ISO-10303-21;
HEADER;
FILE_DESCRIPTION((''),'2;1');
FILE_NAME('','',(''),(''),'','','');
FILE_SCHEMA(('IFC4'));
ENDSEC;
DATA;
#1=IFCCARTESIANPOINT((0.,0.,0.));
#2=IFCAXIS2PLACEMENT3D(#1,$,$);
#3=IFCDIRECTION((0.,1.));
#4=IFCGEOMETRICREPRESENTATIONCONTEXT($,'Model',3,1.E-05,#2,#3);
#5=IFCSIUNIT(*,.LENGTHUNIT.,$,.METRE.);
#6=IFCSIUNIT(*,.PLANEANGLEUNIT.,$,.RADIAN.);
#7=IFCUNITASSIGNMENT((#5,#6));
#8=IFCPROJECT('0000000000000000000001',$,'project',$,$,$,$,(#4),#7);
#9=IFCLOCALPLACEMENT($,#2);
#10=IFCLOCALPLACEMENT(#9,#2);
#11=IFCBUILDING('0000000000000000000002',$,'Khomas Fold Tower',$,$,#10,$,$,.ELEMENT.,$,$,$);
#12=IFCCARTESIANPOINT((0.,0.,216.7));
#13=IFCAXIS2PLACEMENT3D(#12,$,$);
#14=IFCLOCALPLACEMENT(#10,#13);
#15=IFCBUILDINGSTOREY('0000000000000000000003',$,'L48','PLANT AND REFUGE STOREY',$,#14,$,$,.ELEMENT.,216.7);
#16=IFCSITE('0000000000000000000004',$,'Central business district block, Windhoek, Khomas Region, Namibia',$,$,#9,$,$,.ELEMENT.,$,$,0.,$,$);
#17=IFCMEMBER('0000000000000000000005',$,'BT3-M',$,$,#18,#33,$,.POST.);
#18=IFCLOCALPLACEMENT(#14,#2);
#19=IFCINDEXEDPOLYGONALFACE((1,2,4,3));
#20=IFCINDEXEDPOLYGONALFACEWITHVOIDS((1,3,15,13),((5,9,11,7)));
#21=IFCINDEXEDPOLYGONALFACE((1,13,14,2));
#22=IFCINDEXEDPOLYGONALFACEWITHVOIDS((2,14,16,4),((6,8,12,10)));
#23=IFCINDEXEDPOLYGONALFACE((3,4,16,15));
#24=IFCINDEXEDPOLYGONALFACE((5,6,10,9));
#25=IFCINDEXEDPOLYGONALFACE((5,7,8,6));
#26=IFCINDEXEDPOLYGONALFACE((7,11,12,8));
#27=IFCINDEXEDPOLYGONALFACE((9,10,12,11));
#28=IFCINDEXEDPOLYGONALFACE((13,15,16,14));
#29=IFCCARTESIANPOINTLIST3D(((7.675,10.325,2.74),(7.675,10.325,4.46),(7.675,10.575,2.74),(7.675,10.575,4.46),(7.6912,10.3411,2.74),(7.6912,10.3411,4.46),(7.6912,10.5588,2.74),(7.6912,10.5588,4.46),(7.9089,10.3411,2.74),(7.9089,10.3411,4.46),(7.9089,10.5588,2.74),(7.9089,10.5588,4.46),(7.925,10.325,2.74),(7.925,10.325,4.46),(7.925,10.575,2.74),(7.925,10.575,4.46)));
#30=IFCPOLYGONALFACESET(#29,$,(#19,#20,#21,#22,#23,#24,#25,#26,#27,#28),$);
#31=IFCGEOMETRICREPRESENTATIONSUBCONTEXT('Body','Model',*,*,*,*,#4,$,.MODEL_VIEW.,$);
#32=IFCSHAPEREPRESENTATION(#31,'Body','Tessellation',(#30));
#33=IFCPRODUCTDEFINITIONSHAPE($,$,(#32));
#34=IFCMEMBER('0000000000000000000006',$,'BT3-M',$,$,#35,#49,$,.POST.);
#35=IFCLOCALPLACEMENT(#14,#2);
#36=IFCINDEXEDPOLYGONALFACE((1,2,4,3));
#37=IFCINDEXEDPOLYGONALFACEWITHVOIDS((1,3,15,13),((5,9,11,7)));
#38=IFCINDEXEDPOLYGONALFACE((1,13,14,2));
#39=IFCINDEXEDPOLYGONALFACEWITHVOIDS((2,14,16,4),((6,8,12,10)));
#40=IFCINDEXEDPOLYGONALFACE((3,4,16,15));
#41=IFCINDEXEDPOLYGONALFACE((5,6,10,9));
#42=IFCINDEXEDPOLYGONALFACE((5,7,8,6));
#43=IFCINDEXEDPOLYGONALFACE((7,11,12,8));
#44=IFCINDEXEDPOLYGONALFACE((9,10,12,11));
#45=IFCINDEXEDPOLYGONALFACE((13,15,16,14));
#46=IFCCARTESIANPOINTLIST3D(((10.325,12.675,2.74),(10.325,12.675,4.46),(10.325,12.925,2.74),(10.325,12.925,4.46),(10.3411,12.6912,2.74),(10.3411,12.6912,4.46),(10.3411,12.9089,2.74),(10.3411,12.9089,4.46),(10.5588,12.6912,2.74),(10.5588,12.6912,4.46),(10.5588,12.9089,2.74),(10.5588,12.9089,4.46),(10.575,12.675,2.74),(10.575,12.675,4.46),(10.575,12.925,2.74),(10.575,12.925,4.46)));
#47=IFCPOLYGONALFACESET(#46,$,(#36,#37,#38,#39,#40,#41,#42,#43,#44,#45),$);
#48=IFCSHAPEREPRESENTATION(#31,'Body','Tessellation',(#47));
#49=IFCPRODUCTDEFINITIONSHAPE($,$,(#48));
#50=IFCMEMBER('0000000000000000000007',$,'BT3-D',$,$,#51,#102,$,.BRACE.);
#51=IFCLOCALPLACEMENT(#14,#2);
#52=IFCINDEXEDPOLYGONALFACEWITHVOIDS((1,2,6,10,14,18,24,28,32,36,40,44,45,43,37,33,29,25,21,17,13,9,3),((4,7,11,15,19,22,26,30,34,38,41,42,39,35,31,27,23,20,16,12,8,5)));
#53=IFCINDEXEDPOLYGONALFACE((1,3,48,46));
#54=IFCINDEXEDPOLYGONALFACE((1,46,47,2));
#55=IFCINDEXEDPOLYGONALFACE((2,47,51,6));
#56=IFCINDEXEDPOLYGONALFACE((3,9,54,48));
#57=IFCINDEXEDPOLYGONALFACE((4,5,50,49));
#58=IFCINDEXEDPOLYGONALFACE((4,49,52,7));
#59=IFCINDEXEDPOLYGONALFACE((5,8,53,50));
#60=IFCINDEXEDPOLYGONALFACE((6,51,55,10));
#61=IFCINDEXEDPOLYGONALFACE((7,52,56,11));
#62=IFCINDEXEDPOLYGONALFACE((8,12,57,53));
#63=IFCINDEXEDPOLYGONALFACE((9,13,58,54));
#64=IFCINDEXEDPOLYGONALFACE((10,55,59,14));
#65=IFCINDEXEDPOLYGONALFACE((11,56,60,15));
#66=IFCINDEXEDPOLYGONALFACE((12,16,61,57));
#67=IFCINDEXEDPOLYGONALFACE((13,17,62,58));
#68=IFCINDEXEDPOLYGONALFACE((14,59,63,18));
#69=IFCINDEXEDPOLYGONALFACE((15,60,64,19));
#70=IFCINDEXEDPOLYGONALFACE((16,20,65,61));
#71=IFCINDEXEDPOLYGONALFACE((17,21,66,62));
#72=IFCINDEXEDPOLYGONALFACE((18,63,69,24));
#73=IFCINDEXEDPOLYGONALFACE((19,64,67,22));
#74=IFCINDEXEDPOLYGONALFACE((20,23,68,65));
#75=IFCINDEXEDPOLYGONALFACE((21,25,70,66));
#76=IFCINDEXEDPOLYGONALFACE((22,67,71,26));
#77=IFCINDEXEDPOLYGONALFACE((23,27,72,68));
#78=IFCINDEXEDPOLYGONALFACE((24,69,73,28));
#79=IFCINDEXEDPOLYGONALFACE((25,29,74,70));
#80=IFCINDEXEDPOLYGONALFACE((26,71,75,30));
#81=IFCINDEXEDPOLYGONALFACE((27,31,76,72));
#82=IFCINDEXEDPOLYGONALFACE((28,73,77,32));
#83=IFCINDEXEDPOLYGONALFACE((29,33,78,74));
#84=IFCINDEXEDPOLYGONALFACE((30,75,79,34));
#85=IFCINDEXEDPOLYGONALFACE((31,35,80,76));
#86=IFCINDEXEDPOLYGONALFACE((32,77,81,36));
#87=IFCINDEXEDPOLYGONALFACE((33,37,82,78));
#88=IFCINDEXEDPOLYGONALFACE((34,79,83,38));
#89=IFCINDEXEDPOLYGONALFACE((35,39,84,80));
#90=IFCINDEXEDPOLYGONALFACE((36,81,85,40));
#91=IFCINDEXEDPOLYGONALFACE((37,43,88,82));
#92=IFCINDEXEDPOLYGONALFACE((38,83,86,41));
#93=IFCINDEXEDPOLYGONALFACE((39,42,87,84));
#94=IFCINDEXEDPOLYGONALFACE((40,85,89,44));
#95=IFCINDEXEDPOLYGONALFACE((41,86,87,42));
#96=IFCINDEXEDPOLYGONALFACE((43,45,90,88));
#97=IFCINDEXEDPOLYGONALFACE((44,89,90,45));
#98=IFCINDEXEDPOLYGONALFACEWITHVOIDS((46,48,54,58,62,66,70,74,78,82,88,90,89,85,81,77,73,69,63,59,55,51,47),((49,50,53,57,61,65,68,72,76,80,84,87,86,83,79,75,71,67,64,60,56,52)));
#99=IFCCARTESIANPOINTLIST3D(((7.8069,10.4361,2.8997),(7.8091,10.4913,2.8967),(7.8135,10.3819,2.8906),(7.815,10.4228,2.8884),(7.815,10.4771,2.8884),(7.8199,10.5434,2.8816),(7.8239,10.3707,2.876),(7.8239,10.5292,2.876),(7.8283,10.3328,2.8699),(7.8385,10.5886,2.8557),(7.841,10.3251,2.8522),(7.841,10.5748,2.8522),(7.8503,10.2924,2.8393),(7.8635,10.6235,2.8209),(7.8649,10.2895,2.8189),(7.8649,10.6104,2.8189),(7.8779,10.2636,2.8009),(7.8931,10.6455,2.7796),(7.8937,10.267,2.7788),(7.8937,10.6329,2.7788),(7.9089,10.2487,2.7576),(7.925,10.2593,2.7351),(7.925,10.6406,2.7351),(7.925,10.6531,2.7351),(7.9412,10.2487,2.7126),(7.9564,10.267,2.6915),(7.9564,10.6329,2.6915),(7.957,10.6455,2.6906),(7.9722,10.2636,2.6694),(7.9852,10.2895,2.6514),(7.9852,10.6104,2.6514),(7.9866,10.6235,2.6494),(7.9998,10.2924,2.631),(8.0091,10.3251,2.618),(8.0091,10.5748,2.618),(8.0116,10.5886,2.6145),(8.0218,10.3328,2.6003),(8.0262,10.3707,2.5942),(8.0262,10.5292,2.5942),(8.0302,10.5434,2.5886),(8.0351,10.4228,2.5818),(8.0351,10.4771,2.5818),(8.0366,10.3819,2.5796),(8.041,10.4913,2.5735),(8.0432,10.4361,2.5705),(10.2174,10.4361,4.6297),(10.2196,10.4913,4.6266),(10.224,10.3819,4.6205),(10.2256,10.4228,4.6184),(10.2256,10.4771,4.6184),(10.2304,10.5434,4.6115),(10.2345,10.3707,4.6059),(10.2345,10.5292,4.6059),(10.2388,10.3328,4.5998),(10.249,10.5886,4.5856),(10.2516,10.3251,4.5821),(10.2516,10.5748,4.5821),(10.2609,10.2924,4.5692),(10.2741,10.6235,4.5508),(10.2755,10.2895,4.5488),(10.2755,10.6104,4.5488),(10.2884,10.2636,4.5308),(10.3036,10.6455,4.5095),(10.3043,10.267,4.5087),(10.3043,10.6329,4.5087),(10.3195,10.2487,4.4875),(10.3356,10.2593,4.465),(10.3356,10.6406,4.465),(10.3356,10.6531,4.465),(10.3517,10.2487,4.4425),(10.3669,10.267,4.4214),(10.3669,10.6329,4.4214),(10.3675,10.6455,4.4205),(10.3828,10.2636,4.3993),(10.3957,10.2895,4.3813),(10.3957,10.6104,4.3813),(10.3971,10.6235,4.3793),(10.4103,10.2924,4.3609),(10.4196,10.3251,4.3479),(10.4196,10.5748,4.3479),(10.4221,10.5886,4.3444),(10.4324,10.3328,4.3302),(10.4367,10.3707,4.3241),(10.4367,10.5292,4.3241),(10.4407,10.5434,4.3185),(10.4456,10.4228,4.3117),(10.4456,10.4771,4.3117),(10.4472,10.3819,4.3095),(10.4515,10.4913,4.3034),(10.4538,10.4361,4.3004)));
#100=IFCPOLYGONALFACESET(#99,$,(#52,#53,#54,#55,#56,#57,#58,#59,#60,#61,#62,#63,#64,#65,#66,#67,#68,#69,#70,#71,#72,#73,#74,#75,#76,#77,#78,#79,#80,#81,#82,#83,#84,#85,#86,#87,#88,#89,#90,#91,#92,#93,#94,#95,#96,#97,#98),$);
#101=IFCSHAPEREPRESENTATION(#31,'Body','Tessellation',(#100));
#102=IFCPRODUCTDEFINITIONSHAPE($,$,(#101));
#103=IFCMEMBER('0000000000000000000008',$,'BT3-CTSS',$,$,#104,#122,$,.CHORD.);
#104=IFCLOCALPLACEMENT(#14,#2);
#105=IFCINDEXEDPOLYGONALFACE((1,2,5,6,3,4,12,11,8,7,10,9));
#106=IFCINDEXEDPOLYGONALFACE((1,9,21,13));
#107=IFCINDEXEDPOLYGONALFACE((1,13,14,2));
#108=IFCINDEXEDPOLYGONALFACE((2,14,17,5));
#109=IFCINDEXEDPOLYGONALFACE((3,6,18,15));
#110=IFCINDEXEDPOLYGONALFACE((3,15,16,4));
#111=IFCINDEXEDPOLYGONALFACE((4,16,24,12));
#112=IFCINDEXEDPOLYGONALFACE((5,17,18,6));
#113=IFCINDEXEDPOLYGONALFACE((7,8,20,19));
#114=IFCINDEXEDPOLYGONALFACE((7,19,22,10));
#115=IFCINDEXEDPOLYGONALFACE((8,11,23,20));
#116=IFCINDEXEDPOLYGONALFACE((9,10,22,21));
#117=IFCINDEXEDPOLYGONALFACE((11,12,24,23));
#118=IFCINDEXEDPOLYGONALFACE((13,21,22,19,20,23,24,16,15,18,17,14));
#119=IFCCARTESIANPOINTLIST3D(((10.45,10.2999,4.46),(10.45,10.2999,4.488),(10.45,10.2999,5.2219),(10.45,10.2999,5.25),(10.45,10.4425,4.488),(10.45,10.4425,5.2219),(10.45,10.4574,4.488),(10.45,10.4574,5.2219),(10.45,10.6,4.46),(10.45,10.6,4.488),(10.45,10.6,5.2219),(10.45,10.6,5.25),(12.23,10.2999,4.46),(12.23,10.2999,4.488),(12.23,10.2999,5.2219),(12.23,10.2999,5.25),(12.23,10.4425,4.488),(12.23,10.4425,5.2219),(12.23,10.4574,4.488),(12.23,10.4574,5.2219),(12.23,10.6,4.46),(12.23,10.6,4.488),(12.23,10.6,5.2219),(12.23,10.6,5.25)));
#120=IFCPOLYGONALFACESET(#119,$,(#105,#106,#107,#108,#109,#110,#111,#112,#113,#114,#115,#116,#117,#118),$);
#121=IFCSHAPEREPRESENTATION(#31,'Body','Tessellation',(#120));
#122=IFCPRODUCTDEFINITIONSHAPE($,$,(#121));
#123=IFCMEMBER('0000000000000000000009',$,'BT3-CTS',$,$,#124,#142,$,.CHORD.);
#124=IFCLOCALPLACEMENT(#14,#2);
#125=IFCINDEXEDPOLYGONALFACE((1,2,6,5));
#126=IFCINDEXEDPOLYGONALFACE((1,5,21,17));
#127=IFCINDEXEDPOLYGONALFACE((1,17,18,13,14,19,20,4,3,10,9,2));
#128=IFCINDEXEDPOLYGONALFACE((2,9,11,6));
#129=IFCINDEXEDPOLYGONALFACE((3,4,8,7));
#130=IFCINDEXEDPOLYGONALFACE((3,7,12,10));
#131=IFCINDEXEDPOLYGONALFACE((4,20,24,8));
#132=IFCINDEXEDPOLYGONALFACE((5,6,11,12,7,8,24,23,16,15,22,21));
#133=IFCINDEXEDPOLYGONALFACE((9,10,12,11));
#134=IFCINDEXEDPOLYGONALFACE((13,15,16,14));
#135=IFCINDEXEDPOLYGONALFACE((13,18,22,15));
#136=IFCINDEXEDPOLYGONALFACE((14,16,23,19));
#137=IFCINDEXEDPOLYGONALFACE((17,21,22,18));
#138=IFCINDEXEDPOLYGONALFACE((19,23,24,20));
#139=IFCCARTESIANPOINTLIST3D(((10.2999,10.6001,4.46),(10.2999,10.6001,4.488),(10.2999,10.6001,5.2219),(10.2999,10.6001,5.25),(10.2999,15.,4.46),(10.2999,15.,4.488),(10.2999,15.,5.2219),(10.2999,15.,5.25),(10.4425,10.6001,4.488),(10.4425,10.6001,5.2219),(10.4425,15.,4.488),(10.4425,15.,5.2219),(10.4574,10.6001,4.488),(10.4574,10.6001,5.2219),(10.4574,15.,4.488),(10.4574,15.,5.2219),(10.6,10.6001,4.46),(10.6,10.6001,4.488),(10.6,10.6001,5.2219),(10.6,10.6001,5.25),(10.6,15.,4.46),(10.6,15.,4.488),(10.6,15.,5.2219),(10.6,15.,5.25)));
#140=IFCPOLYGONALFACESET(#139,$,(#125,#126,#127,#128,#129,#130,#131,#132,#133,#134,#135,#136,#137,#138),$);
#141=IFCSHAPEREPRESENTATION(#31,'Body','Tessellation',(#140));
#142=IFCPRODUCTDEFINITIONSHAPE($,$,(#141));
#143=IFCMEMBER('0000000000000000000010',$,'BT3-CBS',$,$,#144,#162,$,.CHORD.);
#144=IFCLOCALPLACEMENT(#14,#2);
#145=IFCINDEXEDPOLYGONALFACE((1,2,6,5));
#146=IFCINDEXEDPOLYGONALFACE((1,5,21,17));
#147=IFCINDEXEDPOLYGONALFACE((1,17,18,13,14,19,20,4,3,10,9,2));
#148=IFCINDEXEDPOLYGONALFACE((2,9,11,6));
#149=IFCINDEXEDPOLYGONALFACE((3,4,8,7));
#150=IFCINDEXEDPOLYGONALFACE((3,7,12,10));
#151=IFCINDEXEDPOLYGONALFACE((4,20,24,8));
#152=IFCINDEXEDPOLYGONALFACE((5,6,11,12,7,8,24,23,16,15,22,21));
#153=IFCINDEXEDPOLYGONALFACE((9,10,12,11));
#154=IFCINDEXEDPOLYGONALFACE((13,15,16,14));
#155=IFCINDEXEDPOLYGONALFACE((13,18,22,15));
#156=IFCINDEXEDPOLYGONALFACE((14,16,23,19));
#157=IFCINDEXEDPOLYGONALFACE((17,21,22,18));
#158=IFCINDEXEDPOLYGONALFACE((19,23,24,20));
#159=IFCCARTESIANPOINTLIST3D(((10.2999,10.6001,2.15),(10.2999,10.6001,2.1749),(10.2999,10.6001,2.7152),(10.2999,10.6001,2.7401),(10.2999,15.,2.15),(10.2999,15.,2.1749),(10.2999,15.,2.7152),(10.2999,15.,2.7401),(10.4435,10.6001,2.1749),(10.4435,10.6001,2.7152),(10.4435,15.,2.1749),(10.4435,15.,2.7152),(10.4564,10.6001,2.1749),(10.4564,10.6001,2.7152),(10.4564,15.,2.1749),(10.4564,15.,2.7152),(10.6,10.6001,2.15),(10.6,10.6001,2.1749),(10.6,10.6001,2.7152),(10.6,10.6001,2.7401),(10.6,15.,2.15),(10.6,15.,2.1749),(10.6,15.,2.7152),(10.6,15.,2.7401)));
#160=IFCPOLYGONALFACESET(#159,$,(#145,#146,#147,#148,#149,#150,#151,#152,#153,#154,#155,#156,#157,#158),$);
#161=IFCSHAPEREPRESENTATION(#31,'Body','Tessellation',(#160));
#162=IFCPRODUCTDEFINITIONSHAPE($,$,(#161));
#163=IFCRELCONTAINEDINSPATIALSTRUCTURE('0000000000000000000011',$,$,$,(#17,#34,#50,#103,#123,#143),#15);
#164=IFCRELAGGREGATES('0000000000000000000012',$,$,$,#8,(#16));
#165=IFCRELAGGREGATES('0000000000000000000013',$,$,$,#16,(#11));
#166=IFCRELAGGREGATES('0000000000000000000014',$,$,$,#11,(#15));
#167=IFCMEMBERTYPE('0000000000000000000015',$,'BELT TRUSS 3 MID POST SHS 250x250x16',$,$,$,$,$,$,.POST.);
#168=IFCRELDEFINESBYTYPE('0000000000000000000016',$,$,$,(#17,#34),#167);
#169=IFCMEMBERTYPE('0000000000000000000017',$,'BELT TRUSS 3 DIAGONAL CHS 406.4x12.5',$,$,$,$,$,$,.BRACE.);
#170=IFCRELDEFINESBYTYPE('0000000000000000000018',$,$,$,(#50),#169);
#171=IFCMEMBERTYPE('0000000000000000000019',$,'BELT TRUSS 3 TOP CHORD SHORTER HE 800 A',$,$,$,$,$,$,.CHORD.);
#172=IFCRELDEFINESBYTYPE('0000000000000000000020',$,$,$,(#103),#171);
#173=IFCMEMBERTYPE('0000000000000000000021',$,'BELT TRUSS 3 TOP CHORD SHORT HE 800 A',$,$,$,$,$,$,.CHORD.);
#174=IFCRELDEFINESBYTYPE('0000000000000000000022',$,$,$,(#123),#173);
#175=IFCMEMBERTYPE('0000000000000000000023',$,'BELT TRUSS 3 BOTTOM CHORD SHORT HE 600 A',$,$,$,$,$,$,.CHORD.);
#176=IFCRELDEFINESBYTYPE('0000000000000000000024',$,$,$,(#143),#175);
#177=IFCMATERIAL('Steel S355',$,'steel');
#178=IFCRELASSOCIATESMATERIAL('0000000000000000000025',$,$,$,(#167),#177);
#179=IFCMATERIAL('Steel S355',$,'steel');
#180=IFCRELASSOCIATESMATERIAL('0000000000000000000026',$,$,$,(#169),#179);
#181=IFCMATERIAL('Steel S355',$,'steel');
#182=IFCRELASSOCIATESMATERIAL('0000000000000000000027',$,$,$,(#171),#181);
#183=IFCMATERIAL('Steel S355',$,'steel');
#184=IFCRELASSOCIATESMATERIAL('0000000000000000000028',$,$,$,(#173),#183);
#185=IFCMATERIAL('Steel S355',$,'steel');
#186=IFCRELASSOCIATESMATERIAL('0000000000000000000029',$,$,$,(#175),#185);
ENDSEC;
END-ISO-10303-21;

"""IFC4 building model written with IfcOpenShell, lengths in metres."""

from ifc_helpers import new_model, si_unit, direction, frame, origin, origin_2d, place, context, subcontext, project, spatial, hollow_rectangle, hollow_circle, i_section, extrude, source, transform, mapped, material, material_profile, profile_set, type_object, element, save


model = new_model("IFC4")

# Units and contexts
model_context = context("Model", 3, precision=1e-05, world=origin(), true_north=direction((0.0, 1.0)))
body_context = subcontext(model_context, "Body", "Model", "MODEL_VIEW")
ifc_project = project(units=[si_unit("LENGTHUNIT", "METRE"), si_unit("PLANEANGLEUNIT", "RADIAN")], contexts=[model_context])

# Site, building, storey
site_placement = place(None, origin())
site = spatial("IfcSite", under=ifc_project, at=site_placement, Name="Central business district block, Windhoek, Khomas Region, Namibia", CompositionType="ELEMENT", RefElevation=0.0)
building_placement = place(site_placement, origin())
building = spatial("IfcBuilding", under=site, at=building_placement, Name="Khomas Fold Tower", CompositionType="ELEMENT")
storey_placement = place(building_placement, frame((0.0, 0.0, 216.7)))
storey = spatial("IfcBuildingStorey", under=building, at=storey_placement, Name="L48", Description="PLANT AND REFUGE STOREY", CompositionType="ELEMENT", Elevation=216.7)

# Members
ifc_material_1 = material(Name="Steel S355", Category="steel")
ifc_material_profile_1 = material_profile(ifc_material_1, hollow_rectangle(XDim=0.25, YDim=0.25, WallThickness=0.0161, at=origin_2d()), Name="SHS 250x250x16")
ifc_profile_set_1 = profile_set([ifc_material_profile_1], Name="Steel S355")
member_type_1 = type_object("IfcMemberType", Name="BELT TRUSS 3 MID POST SHS 250x250x16", PredefinedType="POST", material=ifc_profile_set_1)
shared_shape_1 = source(origin(), body_context, "Body", "SweptSolid", [
    extrude(hollow_rectangle(XDim=0.25, YDim=0.25, WallThickness=0.0161, at=origin_2d()), origin(), (0.0, 0.0, 1.0), 1.72),
])
for number, where, z_axis, x_axis, name in (
    (1, (7.8, 10.45, 2.74), (0.0, 0.0, 1.0), (1.0, 0.0, 0.0), "BT3-M"),
    (2, (10.45, 12.8, 2.74), (0.0, 0.0, 1.0), (1.0, 0.0, 0.0), "BT3-M"),
):
    element("IfcMember", number, at=place(storey_placement, frame(where, z_axis=z_axis, x_axis=x_axis)), inside=storey, type_object=member_type_1, Name=name, PredefinedType="POST", context=body_context, shape_type="MappedRepresentation", body=[
        mapped(shared_shape_1, transform((0.0, 0.0, 0.0))),
    ])
ifc_material_2 = material(Name="Steel S355", Category="steel")
ifc_material_profile_2 = material_profile(ifc_material_2, hollow_circle(Radius=0.2031, WallThickness=0.0125, at=origin_2d()), Name="CHS 406.4x12.5")
ifc_profile_set_2 = profile_set([ifc_material_profile_2], Name="Steel S355")
member_type_2 = type_object("IfcMemberType", Name="BELT TRUSS 3 DIAGONAL CHS 406.4x12.5", PredefinedType="BRACE", material=ifc_profile_set_2)
shared_shape_2 = source(origin(), body_context, "Body", "SweptSolid", [
    extrude(hollow_circle(Radius=0.2031, WallThickness=0.0125, at=origin_2d()), origin(), (0.0, 0.0, 1.0), 2.967),
])
member_1_placement = place(storey_placement, frame((7.925, 10.45, 2.7351), z_axis=(0.812442, 0.0, 0.583042), x_axis=(0.0, 1.0, 0.0)))
element("IfcMember", 3, at=member_1_placement, inside=storey, type_object=member_type_2, Name="BT3-D", PredefinedType="BRACE", context=body_context, shape_type="MappedRepresentation", body=[
    mapped(shared_shape_2, transform((0.0, 0.0, 0.0))),
])
ifc_material_3 = material(Name="Steel S355", Category="steel")
ifc_material_profile_3 = material_profile(ifc_material_3, i_section(OverallWidth=0.3, OverallDepth=0.79, WebThickness=0.0149, FlangeThickness=0.0281, at=origin_2d()), Name="HE 800 A")
ifc_profile_set_3 = profile_set([ifc_material_profile_3], Name="Steel S355")
member_type_3 = type_object("IfcMemberType", Name="BELT TRUSS 3 TOP CHORD SHORTER HE 800 A", PredefinedType="CHORD", material=ifc_profile_set_3)
shared_shape_3 = source(origin(), body_context, "Body", "SweptSolid", [
    extrude(i_section(OverallWidth=0.3, OverallDepth=0.79, WebThickness=0.0149, FlangeThickness=0.0281, at=origin_2d()), origin(), (0.0, 0.0, 1.0), 1.78),
])
member_2_placement = place(storey_placement, frame((10.45, 10.45, 4.855), z_axis=(1.0, 0.0, 0.0), x_axis=(0.0, 1.0, 0.0)))
element("IfcMember", 4, at=member_2_placement, inside=storey, type_object=member_type_3, Name="BT3-CTSS", PredefinedType="CHORD", context=body_context, shape_type="MappedRepresentation", body=[
    mapped(shared_shape_3, transform((0.0, 0.0, 0.0))),
])
ifc_material_4 = material(Name="Steel S355", Category="steel")
ifc_material_profile_4 = material_profile(ifc_material_4, i_section(OverallWidth=0.3, OverallDepth=0.79, WebThickness=0.0149, FlangeThickness=0.0281, at=origin_2d()), Name="HE 800 A")
ifc_profile_set_4 = profile_set([ifc_material_profile_4], Name="Steel S355")
member_type_4 = type_object("IfcMemberType", Name="BELT TRUSS 3 TOP CHORD SHORT HE 800 A", PredefinedType="CHORD", material=ifc_profile_set_4)
shared_shape_4 = source(origin(), body_context, "Body", "SweptSolid", [
    extrude(i_section(OverallWidth=0.3, OverallDepth=0.79, WebThickness=0.0149, FlangeThickness=0.0281, at=origin_2d()), origin(), (0.0, 0.0, 1.0), 4.3999),
])
member_3_placement = place(storey_placement, frame((10.45, 10.6001, 4.855), z_axis=(0.0, 1.0, 0.0), x_axis=(-1.0, 0.0, 0.0)))
element("IfcMember", 5, at=member_3_placement, inside=storey, type_object=member_type_4, Name="BT3-CTS", PredefinedType="CHORD", context=body_context, shape_type="MappedRepresentation", body=[
    mapped(shared_shape_4, transform((0.0, 0.0, 0.0))),
])
ifc_material_5 = material(Name="Steel S355", Category="steel")
ifc_material_profile_5 = material_profile(ifc_material_5, i_section(OverallWidth=0.3, OverallDepth=0.5901, WebThickness=0.0129, FlangeThickness=0.0249, at=origin_2d()), Name="HE 600 A")
ifc_profile_set_5 = profile_set([ifc_material_profile_5], Name="Steel S355")
member_type_5 = type_object("IfcMemberType", Name="BELT TRUSS 3 BOTTOM CHORD SHORT HE 600 A", PredefinedType="CHORD", material=ifc_profile_set_5)
shared_shape_5 = source(origin(), body_context, "Body", "SweptSolid", [
    extrude(i_section(OverallWidth=0.3, OverallDepth=0.5901, WebThickness=0.0129, FlangeThickness=0.0249, at=origin_2d()), origin(), (0.0, 0.0, 1.0), 4.3999),
])
member_4_placement = place(storey_placement, frame((10.45, 10.6001, 2.4451), z_axis=(0.0, 1.0, 0.0), x_axis=(-1.0, 0.0, 0.0)))
element("IfcMember", 6, at=member_4_placement, inside=storey, type_object=member_type_5, Name="BT3-CBS", PredefinedType="CHORD", context=body_context, shape_type="MappedRepresentation", body=[
    mapped(shared_shape_5, transform((0.0, 0.0, 0.0))),
])

save(model, "model.ifc")
